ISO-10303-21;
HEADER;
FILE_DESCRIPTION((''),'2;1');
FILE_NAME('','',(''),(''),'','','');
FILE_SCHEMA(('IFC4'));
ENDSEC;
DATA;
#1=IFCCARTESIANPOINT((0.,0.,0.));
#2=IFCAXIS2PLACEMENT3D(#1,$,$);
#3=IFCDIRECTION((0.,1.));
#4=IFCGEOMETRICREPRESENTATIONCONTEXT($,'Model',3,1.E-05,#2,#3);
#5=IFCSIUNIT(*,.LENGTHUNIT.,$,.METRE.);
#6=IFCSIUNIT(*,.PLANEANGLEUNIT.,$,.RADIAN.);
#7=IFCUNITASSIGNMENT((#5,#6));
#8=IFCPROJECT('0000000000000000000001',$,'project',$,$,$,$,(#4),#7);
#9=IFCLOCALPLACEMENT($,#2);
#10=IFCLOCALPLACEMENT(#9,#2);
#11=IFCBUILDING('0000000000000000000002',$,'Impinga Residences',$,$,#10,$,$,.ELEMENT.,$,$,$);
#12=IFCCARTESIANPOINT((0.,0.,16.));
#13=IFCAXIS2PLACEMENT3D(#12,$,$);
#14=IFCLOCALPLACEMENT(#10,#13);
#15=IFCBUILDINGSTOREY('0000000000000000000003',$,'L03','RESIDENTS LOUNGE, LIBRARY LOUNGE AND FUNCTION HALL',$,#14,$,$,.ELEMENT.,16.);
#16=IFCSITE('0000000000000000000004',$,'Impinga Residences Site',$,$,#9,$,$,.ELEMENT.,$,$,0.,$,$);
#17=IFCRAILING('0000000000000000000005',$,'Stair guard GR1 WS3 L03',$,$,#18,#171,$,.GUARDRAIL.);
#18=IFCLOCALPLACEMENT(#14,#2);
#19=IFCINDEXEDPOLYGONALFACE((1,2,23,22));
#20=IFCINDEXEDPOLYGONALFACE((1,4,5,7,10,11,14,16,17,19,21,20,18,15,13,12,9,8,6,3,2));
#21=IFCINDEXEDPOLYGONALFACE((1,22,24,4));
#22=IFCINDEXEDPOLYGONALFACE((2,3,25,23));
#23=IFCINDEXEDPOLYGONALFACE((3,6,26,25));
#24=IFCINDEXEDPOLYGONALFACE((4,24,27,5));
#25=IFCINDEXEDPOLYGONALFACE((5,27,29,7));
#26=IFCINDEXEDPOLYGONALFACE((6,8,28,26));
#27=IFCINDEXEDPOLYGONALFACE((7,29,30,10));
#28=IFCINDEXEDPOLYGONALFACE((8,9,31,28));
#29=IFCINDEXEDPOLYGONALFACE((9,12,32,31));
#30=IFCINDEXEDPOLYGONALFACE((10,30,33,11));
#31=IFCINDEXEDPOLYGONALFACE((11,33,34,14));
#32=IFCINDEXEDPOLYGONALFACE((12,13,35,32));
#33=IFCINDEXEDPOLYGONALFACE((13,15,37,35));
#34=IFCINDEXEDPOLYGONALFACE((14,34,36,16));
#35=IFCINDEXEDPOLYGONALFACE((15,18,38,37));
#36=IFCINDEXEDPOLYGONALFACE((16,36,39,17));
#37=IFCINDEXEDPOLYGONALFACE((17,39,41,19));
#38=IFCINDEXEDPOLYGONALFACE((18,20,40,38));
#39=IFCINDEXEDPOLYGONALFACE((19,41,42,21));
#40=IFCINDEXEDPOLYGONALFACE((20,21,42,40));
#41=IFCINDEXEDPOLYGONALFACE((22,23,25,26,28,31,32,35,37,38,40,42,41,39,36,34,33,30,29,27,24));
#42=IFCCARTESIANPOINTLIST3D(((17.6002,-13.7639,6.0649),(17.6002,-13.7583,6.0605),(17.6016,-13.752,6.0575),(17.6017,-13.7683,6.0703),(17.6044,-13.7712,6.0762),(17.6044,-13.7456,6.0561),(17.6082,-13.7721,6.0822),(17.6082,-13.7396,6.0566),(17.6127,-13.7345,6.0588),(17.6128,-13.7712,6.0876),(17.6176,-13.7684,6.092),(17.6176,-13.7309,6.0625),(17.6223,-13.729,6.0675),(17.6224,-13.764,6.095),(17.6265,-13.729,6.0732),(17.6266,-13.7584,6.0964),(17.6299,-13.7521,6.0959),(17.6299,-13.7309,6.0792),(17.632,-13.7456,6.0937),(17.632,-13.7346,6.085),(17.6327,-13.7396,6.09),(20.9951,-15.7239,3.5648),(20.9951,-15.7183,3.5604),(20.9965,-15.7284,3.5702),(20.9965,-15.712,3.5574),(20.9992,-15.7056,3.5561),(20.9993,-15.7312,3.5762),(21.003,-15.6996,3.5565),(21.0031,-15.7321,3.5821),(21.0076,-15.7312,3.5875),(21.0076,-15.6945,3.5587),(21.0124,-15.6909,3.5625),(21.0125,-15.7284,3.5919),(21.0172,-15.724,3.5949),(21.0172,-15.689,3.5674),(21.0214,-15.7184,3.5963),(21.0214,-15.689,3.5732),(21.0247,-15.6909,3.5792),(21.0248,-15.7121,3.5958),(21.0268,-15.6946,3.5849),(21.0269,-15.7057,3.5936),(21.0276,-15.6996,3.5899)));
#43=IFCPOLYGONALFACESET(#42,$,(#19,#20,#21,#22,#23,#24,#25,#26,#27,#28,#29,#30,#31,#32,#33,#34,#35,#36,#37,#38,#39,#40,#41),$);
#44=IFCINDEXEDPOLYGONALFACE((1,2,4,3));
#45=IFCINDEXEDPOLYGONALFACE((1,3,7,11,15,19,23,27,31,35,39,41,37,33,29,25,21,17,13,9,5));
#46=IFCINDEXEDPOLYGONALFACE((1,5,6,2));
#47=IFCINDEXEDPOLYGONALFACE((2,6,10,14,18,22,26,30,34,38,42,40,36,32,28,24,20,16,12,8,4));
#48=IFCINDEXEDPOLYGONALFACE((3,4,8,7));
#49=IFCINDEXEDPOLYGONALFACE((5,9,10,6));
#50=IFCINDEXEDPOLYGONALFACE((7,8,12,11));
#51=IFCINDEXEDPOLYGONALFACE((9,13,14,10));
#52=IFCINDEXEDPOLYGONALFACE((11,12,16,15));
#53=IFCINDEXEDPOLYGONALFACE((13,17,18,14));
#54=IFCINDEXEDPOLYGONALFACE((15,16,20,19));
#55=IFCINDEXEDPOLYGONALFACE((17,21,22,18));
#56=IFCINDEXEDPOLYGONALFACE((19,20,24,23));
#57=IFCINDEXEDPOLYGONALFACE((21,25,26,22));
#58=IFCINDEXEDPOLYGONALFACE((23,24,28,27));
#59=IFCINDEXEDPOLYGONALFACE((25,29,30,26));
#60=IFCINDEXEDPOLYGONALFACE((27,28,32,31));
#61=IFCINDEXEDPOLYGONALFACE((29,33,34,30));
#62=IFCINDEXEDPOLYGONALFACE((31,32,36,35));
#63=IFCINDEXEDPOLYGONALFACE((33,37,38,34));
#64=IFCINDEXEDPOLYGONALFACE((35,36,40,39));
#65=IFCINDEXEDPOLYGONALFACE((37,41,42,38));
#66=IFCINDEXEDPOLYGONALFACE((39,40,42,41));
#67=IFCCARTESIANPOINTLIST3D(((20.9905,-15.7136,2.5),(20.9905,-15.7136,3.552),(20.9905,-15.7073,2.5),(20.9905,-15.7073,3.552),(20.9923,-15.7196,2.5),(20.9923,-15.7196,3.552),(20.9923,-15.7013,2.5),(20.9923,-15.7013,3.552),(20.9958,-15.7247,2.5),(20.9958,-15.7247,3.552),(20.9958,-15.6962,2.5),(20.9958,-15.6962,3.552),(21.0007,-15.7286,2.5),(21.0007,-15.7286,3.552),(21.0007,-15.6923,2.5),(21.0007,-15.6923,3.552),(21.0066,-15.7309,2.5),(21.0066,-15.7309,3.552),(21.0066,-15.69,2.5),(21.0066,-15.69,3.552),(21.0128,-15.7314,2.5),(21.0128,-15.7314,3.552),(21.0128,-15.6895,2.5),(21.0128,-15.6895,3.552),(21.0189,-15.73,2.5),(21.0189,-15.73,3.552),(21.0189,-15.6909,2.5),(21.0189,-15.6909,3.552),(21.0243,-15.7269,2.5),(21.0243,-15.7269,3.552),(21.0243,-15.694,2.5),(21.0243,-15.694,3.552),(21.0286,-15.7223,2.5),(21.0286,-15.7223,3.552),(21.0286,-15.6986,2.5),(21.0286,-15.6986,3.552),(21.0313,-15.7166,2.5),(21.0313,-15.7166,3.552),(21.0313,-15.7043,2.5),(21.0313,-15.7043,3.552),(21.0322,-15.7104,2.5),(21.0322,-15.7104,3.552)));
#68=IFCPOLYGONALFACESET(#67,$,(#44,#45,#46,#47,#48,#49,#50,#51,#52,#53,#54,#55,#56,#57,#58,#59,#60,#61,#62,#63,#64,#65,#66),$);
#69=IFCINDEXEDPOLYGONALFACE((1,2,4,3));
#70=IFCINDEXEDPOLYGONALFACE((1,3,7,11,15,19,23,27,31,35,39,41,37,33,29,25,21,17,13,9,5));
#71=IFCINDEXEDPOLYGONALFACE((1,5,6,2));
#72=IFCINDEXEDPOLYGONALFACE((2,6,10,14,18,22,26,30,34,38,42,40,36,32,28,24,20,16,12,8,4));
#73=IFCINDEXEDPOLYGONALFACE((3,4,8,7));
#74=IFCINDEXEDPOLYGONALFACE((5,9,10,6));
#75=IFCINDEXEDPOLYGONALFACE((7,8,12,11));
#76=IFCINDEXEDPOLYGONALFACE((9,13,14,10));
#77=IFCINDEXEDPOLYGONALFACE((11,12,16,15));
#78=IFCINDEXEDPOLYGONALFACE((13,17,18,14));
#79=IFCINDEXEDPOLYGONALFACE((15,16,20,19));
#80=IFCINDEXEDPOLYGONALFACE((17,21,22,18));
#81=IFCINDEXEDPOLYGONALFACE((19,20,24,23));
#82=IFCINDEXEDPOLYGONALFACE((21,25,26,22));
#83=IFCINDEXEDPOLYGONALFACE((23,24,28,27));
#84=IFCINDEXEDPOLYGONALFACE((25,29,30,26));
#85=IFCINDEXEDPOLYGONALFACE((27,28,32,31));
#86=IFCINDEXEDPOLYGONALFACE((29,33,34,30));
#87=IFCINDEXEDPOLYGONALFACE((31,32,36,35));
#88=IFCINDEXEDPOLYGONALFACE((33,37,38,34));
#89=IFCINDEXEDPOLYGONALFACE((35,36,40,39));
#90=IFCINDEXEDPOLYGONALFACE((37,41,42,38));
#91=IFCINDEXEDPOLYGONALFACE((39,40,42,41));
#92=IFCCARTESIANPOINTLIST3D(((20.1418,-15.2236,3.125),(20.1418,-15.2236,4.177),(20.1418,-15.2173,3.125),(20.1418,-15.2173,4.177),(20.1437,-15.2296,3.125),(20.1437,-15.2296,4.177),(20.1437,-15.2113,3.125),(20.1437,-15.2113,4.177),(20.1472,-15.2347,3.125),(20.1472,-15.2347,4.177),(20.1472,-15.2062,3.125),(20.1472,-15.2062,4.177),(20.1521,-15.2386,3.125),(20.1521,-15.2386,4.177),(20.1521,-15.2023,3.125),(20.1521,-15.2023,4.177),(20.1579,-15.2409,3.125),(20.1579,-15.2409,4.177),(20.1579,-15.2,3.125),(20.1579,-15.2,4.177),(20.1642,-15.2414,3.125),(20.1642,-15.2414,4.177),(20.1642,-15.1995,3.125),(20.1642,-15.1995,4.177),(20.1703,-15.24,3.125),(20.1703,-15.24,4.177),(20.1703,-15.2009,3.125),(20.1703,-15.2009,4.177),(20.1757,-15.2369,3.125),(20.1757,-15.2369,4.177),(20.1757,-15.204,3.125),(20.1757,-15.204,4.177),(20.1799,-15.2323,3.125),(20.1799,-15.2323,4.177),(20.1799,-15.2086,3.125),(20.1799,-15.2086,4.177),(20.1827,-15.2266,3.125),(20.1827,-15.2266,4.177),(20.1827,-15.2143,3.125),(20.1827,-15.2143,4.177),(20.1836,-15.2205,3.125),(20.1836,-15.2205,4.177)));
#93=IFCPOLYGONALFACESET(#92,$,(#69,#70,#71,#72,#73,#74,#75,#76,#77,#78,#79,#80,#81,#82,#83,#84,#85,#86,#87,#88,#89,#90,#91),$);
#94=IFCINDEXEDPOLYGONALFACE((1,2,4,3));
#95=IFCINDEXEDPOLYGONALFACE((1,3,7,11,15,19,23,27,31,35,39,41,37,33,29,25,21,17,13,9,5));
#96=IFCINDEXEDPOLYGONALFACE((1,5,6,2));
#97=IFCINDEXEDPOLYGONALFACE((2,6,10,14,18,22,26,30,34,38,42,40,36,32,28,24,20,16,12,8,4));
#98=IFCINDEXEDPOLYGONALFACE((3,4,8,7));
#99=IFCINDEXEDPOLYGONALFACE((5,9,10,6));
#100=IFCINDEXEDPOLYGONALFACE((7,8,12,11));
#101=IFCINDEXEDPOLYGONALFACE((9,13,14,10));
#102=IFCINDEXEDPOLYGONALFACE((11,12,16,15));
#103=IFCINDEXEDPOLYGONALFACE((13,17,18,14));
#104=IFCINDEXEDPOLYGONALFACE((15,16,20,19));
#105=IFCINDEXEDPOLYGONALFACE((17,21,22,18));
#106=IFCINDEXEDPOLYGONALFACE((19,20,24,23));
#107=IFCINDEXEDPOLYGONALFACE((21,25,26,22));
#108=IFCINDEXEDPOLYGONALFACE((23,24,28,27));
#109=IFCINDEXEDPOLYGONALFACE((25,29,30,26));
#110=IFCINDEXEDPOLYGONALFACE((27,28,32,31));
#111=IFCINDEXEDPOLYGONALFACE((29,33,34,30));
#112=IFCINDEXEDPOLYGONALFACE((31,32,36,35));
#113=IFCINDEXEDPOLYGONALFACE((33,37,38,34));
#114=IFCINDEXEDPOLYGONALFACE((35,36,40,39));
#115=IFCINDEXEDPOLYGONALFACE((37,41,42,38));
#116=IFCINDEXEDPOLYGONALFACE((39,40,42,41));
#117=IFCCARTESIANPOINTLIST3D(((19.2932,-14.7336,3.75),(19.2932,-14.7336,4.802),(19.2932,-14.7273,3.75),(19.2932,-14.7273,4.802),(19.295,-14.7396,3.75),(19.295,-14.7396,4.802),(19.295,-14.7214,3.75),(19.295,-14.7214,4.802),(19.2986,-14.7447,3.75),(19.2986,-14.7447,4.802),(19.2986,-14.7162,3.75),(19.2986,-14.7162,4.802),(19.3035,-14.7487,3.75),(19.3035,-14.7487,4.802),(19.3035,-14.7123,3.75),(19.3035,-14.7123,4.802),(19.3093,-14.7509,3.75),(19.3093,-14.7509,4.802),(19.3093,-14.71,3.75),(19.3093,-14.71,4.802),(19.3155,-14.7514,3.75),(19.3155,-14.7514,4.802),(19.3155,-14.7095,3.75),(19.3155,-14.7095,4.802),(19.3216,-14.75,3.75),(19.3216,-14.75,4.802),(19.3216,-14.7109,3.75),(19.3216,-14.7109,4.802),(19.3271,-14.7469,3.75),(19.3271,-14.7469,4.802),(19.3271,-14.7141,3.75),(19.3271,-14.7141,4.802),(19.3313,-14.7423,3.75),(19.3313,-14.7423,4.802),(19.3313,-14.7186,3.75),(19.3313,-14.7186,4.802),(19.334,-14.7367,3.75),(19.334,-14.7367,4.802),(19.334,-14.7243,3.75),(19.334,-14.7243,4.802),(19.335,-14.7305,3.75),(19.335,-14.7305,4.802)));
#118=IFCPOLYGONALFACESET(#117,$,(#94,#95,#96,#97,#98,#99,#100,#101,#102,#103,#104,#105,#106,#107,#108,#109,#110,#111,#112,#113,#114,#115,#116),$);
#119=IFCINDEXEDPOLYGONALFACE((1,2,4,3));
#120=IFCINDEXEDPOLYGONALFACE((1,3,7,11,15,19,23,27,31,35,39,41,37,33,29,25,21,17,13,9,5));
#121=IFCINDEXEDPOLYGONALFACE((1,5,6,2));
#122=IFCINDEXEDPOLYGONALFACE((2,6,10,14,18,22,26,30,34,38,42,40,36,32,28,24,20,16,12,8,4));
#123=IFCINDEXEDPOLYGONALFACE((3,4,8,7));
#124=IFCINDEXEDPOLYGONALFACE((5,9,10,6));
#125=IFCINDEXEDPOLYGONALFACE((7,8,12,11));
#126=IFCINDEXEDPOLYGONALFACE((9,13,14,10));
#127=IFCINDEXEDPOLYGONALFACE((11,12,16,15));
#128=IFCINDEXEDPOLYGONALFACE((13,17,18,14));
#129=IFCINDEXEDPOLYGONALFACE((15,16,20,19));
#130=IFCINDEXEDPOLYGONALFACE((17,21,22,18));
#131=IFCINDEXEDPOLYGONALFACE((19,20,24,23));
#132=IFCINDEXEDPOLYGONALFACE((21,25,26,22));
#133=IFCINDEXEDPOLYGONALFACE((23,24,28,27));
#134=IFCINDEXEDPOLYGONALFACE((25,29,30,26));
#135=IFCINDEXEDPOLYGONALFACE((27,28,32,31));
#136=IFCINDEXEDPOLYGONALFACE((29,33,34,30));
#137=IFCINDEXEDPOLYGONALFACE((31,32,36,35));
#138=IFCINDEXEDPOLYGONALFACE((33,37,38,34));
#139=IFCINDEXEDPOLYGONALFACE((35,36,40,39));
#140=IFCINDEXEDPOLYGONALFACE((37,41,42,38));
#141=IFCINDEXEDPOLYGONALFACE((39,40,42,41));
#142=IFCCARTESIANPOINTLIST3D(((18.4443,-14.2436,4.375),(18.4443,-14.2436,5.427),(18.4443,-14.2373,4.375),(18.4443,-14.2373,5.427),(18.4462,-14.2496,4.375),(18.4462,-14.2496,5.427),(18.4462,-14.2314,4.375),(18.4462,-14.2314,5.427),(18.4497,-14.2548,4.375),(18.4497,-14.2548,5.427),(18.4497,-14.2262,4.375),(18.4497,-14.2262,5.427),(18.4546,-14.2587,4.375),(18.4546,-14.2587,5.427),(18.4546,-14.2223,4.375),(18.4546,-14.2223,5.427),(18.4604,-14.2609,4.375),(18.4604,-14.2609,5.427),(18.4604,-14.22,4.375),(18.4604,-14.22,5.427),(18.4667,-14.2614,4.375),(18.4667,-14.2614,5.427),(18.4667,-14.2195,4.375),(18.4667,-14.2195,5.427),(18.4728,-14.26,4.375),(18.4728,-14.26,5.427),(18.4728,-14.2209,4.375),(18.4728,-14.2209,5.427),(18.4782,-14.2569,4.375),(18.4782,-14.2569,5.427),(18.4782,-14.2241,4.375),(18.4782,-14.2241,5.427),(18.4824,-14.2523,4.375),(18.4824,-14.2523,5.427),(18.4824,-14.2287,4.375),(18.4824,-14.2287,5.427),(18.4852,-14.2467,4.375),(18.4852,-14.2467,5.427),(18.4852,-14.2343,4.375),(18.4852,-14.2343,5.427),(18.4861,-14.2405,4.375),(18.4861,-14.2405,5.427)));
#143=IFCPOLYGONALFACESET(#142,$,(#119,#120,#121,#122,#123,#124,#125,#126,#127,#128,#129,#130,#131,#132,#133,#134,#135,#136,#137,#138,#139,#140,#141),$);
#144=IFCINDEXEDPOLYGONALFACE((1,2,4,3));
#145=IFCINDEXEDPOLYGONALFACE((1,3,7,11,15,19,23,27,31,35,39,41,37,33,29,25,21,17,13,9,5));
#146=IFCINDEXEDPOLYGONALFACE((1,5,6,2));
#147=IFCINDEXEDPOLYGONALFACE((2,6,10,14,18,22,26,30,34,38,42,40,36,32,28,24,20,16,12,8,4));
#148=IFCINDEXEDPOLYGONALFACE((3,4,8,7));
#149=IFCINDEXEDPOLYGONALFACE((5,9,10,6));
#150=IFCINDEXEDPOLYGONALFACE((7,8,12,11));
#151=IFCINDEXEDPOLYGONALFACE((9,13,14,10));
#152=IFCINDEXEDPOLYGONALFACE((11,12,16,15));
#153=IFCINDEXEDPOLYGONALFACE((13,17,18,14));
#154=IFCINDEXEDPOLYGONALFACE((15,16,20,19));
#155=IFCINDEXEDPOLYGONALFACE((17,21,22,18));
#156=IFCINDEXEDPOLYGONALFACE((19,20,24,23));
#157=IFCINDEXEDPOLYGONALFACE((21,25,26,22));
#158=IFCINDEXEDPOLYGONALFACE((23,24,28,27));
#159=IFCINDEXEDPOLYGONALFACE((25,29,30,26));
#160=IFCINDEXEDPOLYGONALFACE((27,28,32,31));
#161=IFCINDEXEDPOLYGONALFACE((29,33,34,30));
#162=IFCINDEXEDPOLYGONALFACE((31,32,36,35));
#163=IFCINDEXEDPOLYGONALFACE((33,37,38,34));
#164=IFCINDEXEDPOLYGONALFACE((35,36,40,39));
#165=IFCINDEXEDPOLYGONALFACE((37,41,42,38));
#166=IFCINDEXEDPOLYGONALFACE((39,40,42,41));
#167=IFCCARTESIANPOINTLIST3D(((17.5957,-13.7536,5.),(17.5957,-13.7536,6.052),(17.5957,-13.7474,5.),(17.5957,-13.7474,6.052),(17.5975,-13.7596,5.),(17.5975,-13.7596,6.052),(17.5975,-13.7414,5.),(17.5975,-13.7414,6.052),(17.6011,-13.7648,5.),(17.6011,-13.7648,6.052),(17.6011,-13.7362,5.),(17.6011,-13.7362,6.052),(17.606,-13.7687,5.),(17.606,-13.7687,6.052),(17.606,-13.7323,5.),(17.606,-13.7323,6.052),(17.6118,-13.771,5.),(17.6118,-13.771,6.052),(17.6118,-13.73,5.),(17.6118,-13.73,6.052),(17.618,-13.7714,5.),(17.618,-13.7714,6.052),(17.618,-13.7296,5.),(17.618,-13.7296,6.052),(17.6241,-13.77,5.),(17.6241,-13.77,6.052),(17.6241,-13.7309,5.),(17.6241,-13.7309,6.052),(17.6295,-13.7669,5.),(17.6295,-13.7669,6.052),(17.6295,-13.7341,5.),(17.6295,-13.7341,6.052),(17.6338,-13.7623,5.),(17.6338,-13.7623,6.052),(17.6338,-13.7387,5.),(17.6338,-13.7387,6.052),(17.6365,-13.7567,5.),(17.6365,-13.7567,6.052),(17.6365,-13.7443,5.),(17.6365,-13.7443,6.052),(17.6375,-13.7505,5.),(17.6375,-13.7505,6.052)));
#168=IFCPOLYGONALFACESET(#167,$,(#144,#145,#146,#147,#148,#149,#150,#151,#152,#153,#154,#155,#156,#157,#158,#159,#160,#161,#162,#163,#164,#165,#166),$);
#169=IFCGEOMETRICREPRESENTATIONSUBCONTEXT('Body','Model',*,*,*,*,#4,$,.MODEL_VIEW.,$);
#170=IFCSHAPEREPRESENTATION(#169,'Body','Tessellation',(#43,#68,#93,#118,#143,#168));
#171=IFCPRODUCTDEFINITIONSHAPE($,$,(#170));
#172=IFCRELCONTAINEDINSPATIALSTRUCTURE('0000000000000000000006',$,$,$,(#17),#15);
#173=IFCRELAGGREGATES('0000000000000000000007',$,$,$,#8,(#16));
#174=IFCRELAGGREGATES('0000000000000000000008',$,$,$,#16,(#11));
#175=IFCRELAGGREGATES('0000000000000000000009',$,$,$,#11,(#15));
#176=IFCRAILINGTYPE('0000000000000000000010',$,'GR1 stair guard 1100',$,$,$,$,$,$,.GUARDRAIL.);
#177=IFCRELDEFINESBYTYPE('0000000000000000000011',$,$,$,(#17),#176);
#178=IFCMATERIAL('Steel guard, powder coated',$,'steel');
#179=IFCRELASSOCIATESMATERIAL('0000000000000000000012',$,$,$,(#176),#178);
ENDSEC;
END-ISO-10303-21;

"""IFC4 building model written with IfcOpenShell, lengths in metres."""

from ifc_helpers import new_model, si_unit, direction, frame, origin, origin_2d, place, context, subcontext, project, spatial, circle, extrude, material, type_object, element, save


model = new_model("IFC4")

# Units and contexts
model_context = context("Model", 3, precision=1e-05, world=origin(), true_north=direction((0.0, 1.0)))
body_context = subcontext(model_context, "Body", "Model", "MODEL_VIEW")
ifc_project = project(units=[si_unit("LENGTHUNIT", "METRE"), si_unit("PLANEANGLEUNIT", "RADIAN")], contexts=[model_context])

# Site, building, storey
site_placement = place(None, origin())
site = spatial("IfcSite", under=ifc_project, at=site_placement, Name="Impinga Residences Site", CompositionType="ELEMENT", RefElevation=0.0)
building_placement = place(site_placement, origin())
building = spatial("IfcBuilding", under=site, at=building_placement, Name="Impinga Residences", CompositionType="ELEMENT")
storey_placement = place(building_placement, frame((0.0, 0.0, 16.0)))
storey = spatial("IfcBuildingStorey", under=building, at=storey_placement, Name="L03", Description="RESIDENTS LOUNGE, LIBRARY LOUNGE AND FUNCTION HALL", CompositionType="ELEMENT", Elevation=16.0)

# Railing
ifc_material_1 = material(Name="Steel guard, powder coated", Category="steel")
railing_type_1 = type_object("IfcRailingType", Name="GR1 stair guard 1100", PredefinedType="GUARDRAIL", material=ifc_material_1)
railing_1_placement = place(storey_placement, frame((21.0112, -15.7104, 2.5)))
element("IfcRailing", 1, at=railing_1_placement, inside=storey, type_object=railing_type_1, Name="Stair guard GR1 WS3 L03", PredefinedType="GUARDRAIL", context=body_context, shape_type="SweptSolid", body=[
    extrude(circle(Radius=0.0239, at=origin_2d()), frame((0.0, 0.0, 1.0762), z_axis=(-0.73017, 0.421561, 0.537716), x_axis=(-0.499997, -0.866027, 0.0)), (0.0, 0.0, 1.0), 4.6494),
    extrude(circle(Radius=0.021, at=origin_2d()), origin(), (0.0, 0.0, 1.0), 1.052),
    extrude(circle(Radius=0.021, at=origin_2d()), frame((-0.8486, 0.49, 0.625)), (0.0, 0.0, 1.0), 1.052),
    extrude(circle(Radius=0.021, at=origin_2d()), frame((-1.6973, 0.98, 1.25)), (0.0, 0.0, 1.0), 1.052),
    extrude(circle(Radius=0.021, at=origin_2d()), frame((-2.5461, 1.47, 1.875)), (0.0, 0.0, 1.0), 1.052),
    extrude(circle(Radius=0.021, at=origin_2d()), frame((-3.3948, 1.96, 2.5)), (0.0, 0.0, 1.0), 1.052),
])

save(model, "model.ifc")
